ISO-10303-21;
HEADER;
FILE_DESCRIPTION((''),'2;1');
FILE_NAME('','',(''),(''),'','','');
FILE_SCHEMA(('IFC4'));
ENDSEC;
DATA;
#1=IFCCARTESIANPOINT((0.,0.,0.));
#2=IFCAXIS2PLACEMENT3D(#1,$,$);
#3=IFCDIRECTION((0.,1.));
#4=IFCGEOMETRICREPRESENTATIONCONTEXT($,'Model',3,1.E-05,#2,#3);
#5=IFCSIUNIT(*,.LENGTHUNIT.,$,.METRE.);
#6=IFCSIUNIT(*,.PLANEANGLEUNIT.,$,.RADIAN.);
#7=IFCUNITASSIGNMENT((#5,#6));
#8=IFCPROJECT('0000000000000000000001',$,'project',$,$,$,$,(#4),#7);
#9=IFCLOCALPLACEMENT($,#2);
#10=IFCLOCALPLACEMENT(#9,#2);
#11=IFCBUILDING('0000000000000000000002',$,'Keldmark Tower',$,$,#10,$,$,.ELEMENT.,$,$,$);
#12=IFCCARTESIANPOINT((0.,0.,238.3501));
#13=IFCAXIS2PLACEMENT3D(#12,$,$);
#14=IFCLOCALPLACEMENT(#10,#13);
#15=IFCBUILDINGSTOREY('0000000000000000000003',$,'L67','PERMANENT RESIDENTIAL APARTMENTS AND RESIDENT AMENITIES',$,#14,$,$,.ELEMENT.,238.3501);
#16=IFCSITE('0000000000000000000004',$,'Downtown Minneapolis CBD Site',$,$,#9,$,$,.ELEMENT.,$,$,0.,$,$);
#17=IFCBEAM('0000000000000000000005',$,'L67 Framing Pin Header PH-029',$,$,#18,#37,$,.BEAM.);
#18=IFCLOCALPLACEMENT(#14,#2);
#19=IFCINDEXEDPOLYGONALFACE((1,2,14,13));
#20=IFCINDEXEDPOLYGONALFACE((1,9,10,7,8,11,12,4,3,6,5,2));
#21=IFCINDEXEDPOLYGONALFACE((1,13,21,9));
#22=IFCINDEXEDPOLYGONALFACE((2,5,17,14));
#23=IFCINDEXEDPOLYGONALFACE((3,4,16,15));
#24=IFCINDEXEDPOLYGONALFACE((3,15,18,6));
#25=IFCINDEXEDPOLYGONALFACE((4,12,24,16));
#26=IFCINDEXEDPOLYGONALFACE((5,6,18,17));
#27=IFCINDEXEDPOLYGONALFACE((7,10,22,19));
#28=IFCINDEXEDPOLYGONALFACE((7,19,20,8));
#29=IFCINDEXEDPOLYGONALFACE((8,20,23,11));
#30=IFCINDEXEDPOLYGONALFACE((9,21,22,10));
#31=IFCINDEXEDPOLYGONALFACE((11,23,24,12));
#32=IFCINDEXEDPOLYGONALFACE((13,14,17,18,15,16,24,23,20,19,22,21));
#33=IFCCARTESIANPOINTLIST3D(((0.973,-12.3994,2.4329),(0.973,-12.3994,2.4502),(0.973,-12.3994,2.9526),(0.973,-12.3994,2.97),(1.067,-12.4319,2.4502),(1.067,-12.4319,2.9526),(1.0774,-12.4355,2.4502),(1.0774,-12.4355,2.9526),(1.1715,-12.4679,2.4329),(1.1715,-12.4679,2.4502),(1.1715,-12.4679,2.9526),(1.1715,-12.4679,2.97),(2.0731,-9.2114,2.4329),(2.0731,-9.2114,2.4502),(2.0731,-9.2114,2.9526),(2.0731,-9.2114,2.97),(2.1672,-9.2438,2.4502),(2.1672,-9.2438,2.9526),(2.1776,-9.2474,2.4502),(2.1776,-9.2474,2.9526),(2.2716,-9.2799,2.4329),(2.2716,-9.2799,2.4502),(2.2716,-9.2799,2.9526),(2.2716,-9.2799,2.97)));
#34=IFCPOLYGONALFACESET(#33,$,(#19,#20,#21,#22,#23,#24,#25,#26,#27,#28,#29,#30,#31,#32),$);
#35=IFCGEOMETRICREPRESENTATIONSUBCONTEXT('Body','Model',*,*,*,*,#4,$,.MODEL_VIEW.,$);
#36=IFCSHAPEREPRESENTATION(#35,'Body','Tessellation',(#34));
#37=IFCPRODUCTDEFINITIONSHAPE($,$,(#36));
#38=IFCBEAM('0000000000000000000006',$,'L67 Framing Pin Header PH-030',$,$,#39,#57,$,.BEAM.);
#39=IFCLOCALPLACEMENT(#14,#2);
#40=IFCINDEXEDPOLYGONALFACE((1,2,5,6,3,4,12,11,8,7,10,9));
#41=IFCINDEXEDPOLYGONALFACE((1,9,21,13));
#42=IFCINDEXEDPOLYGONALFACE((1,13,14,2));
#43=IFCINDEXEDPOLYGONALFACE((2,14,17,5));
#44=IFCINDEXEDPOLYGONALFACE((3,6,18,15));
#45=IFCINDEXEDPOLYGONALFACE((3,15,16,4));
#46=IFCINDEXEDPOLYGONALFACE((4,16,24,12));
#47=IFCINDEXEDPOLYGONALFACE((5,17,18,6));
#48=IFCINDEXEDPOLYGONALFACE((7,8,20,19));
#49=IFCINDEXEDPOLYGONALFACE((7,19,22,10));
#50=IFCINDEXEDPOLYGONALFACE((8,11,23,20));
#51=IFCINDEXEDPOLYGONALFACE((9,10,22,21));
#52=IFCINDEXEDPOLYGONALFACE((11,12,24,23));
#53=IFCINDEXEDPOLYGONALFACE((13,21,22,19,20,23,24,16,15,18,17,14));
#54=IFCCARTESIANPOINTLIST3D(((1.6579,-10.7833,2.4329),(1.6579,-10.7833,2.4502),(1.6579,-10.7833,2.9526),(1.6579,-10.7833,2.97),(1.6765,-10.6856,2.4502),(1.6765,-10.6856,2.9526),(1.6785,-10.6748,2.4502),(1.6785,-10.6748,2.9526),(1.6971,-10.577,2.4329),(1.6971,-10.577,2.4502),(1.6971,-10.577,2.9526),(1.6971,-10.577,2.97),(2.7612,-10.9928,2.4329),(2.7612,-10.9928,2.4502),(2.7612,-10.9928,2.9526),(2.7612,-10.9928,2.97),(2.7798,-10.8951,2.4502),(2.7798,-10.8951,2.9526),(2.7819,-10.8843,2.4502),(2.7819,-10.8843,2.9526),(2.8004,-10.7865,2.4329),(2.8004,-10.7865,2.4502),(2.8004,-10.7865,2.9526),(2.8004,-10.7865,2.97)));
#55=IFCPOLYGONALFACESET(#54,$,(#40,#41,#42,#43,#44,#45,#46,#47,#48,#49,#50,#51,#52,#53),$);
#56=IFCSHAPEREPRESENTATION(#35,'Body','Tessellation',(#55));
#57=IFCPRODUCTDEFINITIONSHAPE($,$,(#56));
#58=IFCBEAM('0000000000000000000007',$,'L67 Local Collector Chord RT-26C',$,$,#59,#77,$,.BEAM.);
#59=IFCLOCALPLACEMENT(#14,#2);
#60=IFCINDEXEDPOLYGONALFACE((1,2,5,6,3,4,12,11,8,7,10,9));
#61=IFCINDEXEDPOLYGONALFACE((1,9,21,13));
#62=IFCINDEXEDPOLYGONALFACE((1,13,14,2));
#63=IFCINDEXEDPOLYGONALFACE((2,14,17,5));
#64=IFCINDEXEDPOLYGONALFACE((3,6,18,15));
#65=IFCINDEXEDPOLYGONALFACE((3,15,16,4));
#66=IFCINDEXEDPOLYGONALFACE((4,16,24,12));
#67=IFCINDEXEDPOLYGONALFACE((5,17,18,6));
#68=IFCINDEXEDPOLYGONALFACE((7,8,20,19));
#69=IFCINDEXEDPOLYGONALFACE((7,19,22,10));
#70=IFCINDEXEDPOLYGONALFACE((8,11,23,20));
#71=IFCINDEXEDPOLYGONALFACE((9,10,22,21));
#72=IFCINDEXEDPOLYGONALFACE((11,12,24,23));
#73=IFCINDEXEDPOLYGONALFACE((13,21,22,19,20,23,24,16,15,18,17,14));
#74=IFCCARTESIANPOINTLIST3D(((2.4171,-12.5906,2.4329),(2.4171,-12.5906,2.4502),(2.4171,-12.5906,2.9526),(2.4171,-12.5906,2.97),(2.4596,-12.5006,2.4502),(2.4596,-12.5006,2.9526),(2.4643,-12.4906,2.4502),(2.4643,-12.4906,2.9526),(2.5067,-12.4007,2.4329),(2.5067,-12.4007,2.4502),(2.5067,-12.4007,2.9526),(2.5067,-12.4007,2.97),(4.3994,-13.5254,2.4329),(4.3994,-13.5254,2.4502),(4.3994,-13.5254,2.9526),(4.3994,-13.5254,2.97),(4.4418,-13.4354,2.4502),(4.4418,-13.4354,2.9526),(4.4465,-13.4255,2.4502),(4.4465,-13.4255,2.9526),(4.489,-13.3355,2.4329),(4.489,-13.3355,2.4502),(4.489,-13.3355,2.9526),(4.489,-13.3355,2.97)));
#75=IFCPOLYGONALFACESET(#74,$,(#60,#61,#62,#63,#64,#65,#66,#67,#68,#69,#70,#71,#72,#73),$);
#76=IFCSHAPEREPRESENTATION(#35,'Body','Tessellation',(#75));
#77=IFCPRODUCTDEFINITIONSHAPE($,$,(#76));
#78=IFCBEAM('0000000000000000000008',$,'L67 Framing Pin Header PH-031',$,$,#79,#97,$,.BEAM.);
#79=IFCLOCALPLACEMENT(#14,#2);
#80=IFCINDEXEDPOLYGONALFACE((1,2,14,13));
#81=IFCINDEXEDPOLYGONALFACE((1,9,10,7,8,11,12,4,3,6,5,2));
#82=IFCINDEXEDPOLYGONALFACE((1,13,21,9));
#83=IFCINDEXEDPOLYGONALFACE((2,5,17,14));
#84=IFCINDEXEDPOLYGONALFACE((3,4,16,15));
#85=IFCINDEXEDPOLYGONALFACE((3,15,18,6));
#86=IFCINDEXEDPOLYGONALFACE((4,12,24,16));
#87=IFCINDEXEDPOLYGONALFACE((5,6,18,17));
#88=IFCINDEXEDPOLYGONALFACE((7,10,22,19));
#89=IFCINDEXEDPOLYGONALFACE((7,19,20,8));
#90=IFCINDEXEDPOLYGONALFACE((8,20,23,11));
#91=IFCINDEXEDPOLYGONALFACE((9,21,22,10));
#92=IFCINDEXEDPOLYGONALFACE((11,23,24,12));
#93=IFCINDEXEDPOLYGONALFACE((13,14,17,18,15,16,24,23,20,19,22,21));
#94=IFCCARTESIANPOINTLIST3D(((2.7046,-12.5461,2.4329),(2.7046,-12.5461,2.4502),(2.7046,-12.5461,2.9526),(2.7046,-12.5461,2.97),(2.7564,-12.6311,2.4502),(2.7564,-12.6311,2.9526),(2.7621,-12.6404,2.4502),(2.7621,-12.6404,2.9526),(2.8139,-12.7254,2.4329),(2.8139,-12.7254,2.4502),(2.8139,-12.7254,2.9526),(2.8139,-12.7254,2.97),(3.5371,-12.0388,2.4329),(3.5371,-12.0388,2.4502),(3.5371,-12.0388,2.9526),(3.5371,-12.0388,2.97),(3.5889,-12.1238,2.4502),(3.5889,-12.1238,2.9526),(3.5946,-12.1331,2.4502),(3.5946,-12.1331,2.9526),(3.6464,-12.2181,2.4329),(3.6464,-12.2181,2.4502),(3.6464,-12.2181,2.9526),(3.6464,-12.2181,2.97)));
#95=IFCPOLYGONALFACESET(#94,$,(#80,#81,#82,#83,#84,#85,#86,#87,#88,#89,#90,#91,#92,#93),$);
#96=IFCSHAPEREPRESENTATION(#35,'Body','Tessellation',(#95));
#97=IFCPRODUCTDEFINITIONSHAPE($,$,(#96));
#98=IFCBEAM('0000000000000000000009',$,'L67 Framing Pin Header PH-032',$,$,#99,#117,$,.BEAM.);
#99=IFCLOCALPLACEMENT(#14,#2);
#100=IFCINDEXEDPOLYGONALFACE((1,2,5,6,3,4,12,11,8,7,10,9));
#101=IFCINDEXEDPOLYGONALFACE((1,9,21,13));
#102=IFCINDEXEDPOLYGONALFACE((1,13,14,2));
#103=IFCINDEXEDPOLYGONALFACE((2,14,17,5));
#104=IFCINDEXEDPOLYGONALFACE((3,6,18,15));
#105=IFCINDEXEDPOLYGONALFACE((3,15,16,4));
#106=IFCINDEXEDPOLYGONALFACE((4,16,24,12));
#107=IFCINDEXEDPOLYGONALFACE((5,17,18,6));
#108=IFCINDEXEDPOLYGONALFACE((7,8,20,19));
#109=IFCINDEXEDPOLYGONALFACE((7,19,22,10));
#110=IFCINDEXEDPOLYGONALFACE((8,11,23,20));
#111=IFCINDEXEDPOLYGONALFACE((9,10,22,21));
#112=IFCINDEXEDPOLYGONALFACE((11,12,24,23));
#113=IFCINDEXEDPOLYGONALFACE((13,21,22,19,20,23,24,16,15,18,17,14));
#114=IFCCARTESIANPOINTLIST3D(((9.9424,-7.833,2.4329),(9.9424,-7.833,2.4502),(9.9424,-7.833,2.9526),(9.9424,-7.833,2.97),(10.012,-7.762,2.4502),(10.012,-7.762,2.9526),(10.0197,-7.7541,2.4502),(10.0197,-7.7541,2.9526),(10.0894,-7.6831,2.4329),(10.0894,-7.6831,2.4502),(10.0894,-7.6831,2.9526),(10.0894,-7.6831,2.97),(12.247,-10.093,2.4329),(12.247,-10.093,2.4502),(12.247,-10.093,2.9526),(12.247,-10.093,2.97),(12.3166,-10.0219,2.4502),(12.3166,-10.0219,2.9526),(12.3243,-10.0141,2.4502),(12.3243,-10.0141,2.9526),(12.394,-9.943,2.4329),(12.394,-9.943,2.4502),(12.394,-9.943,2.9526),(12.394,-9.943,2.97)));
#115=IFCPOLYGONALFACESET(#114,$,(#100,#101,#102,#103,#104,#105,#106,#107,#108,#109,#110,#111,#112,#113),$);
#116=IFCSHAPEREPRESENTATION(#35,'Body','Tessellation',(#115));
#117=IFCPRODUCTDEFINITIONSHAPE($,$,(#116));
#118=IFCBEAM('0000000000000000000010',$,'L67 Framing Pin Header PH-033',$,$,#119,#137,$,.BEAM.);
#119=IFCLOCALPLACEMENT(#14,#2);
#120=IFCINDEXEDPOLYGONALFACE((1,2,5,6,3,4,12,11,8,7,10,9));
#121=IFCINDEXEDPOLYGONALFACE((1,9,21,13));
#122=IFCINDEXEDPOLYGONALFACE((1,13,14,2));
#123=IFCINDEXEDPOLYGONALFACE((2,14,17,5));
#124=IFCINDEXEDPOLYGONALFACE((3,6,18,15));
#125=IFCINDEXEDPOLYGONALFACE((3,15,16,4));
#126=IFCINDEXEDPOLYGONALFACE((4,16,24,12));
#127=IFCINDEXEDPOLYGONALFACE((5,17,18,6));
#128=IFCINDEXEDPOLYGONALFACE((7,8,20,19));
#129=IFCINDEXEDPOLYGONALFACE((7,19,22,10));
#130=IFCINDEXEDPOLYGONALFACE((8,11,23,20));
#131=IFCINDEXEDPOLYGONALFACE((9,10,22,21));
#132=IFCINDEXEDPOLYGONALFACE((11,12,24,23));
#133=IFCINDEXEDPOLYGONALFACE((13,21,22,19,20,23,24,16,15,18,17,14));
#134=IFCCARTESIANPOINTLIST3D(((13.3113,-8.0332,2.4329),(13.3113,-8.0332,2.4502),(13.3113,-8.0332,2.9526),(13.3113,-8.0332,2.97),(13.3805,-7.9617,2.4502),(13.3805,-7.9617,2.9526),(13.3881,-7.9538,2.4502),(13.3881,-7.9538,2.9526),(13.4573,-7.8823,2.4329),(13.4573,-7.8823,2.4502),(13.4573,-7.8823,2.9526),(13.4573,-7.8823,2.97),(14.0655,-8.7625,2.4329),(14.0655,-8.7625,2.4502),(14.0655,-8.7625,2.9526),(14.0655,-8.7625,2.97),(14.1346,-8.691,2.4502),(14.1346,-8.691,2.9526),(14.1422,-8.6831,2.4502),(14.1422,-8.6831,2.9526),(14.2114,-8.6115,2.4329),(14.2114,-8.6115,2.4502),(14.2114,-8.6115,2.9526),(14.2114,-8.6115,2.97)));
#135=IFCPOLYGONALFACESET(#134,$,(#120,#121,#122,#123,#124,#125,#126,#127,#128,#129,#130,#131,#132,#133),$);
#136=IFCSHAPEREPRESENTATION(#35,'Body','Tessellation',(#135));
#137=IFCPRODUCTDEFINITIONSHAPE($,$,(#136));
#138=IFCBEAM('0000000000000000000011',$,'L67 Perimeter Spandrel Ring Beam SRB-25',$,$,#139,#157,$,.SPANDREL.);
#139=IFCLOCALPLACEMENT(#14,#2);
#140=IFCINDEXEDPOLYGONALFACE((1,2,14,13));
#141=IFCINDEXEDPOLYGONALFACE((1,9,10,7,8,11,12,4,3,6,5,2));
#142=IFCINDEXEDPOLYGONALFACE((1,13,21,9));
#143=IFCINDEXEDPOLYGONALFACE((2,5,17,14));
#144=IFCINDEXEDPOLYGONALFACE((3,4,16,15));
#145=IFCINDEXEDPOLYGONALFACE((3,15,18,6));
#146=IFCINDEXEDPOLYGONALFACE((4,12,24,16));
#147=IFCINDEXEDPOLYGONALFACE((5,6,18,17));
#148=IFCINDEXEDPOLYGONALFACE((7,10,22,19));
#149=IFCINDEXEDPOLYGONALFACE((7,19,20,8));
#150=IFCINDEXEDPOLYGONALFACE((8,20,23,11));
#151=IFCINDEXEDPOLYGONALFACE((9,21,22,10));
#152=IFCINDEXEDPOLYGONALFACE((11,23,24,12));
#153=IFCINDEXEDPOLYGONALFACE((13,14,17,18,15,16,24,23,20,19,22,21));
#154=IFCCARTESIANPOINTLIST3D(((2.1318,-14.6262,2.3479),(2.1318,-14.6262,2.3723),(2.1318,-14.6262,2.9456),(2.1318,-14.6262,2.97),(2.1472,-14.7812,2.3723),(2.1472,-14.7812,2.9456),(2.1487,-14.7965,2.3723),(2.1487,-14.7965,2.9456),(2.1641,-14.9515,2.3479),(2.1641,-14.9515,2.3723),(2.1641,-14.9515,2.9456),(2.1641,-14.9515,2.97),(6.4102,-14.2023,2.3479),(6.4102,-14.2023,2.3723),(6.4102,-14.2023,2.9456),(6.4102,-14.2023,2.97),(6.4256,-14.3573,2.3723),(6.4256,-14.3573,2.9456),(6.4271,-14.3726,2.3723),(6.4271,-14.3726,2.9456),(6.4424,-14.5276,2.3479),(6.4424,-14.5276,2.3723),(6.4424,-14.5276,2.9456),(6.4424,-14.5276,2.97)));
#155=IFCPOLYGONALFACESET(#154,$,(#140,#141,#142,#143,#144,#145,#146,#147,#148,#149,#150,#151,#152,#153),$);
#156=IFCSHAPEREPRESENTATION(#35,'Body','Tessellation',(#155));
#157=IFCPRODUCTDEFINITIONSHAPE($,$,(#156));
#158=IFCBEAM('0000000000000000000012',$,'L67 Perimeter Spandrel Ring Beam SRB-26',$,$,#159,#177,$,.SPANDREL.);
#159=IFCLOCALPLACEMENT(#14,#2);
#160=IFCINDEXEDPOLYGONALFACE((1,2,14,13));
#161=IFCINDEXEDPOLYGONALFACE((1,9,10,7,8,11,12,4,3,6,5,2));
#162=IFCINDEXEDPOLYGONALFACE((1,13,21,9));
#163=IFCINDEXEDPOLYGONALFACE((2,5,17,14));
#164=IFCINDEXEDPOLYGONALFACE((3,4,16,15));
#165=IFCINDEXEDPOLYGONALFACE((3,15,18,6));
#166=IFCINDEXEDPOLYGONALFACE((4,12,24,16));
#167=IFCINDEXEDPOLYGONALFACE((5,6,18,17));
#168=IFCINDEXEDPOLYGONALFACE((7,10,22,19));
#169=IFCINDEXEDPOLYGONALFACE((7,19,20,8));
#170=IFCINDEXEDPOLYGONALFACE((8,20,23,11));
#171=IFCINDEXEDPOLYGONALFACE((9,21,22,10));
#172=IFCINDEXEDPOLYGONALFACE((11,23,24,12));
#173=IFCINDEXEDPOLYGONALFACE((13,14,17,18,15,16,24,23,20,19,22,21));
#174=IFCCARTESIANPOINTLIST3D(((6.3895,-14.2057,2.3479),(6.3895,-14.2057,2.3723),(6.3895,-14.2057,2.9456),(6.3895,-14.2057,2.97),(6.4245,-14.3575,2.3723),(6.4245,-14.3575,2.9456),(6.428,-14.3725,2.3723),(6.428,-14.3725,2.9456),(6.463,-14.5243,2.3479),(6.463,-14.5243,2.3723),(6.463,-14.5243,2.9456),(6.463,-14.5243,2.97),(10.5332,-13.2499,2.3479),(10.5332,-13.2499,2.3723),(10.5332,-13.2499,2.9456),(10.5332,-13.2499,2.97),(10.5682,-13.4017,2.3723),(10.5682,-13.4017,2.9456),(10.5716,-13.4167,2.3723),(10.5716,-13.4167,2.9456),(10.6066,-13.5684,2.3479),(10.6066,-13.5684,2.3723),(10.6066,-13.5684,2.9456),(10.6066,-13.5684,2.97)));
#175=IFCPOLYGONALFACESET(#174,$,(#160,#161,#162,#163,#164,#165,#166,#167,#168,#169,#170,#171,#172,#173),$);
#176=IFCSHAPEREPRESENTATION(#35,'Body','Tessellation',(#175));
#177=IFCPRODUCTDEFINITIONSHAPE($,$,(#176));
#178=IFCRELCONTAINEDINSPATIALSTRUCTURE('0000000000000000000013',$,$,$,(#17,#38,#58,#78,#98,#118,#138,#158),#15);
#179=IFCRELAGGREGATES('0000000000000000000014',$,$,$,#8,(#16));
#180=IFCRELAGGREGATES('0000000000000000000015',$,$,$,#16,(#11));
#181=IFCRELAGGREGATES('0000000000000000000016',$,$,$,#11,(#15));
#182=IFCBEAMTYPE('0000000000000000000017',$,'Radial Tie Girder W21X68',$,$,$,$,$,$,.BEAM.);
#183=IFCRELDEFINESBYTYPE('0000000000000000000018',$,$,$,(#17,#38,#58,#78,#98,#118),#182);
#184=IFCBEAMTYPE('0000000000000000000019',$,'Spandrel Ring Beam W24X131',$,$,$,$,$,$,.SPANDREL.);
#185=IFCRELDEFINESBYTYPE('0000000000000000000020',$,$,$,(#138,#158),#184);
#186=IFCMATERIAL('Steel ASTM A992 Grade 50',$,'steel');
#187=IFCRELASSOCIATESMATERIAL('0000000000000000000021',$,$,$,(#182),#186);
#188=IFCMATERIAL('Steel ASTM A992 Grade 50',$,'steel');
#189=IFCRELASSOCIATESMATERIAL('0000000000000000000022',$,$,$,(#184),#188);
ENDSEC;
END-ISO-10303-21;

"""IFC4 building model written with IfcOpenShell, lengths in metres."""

from ifc_helpers import new_model, si_unit, direction, frame, origin, origin_2d, place, context, subcontext, project, spatial, i_section, extrude, material, material_profile, profile_set, type_object, element, save


model = new_model("IFC4")

# Units and contexts
model_context = context("Model", 3, precision=1e-05, world=origin(), true_north=direction((0.0, 1.0)))
body_context = subcontext(model_context, "Body", "Model", "MODEL_VIEW")
ifc_project = project(units=[si_unit("LENGTHUNIT", "METRE"), si_unit("PLANEANGLEUNIT", "RADIAN")], contexts=[model_context])

# Site, building, storey
site_placement = place(None, origin())
site = spatial("IfcSite", under=ifc_project, at=site_placement, Name="Downtown Minneapolis CBD Site", CompositionType="ELEMENT", RefElevation=0.0)
building_placement = place(site_placement, origin())
building = spatial("IfcBuilding", under=site, at=building_placement, Name="Keldmark Tower", CompositionType="ELEMENT")
storey_placement = place(building_placement, frame((0.0, 0.0, 238.3501)))
storey = spatial("IfcBuildingStorey", under=building, at=storey_placement, Name="L67", Description="PERMANENT RESIDENTIAL APARTMENTS AND RESIDENT AMENITIES", CompositionType="ELEMENT", Elevation=238.3501)

# Beams
ifc_material_1 = material(Name="Steel ASTM A992 Grade 50", Category="steel")
ifc_material_profile_1 = material_profile(ifc_material_1, i_section(OverallWidth=0.21, OverallDepth=0.5371, WebThickness=0.011, FlangeThickness=0.0173, at=origin_2d()), Name="W21X68")
ifc_profile_set_1 = profile_set([ifc_material_profile_1], Name="Steel ASTM A992 Grade 50")
beam_type_1 = type_object("IfcBeamType", Name="Radial Tie Girder W21X68", PredefinedType="BEAM", material=ifc_profile_set_1)
beam_1_placement = place(storey_placement, frame((2.1724, -9.2456, 2.7014), z_axis=(-0.3262, -0.945301, 0.0), x_axis=(0.945301, -0.3262, 0.0)))
element("IfcBeam", 1, at=beam_1_placement, inside=storey, type_object=beam_type_1, Name="L67 Framing Pin Header PH-029", PredefinedType="BEAM", context=body_context, shape_type="SweptSolid", body=[
    extrude(i_section(OverallWidth=0.21, OverallDepth=0.5371, WebThickness=0.011, FlangeThickness=0.0173, at=origin_2d()), origin(), (0.0, 0.0, 1.0), 3.3726),
])
beam_2_placement = place(storey_placement, frame((1.6775, -10.6802, 2.7014), z_axis=(0.982449, -0.186533, 0.0), x_axis=(0.186533, 0.982449, 0.0)))
element("IfcBeam", 2, at=beam_2_placement, inside=storey, type_object=beam_type_1, Name="L67 Framing Pin Header PH-030", PredefinedType="BEAM", context=body_context, shape_type="SweptSolid", body=[
    extrude(i_section(OverallWidth=0.21, OverallDepth=0.5371, WebThickness=0.011, FlangeThickness=0.0173, at=origin_2d()), origin(), (0.0, 0.0, 1.0), 1.123),
])
beam_3_placement = place(storey_placement, frame((2.4619, -12.4956, 2.7014), z_axis=(0.904462, -0.426553, 0.0), x_axis=(0.426553, 0.904462, 0.0)))
element("IfcBeam", 3, at=beam_3_placement, inside=storey, type_object=beam_type_1, Name="L67 Local Collector Chord RT-26C", PredefinedType="BEAM", context=body_context, shape_type="SweptSolid", body=[
    extrude(i_section(OverallWidth=0.21, OverallDepth=0.5371, WebThickness=0.011, FlangeThickness=0.0173, at=origin_2d()), origin(), (0.0, 0.0, 1.0), 2.1917),
])
beam_4_placement = place(storey_placement, frame((2.7593, -12.6357, 2.7014), z_axis=(0.853937, 0.520376, 0.0), x_axis=(-0.520376, 0.853937, 0.0)))
element("IfcBeam", 4, at=beam_4_placement, inside=storey, type_object=beam_type_1, Name="L67 Framing Pin Header PH-031", PredefinedType="BEAM", context=body_context, shape_type="SweptSolid", body=[
    extrude(i_section(OverallWidth=0.21, OverallDepth=0.5371, WebThickness=0.011, FlangeThickness=0.0173, at=origin_2d()), origin(), (0.0, 0.0, 1.0), 0.9749),
])
beam_5_placement = place(storey_placement, frame((10.0159, -7.7581, 2.7014), z_axis=(0.713994, -0.700152, 0.0), x_axis=(0.700152, 0.713994, 0.0)))
element("IfcBeam", 5, at=beam_5_placement, inside=storey, type_object=beam_type_1, Name="L67 Framing Pin Header PH-032", PredefinedType="BEAM", context=body_context, shape_type="SweptSolid", body=[
    extrude(i_section(OverallWidth=0.21, OverallDepth=0.5371, WebThickness=0.011, FlangeThickness=0.0173, at=origin_2d()), origin(), (0.0, 0.0, 1.0), 3.2278),
])
beam_6_placement = place(storey_placement, frame((13.3843, -7.9578, 2.7014), z_axis=(0.718876, -0.695138, 0.0), x_axis=(0.695138, 0.718876, 0.0)))
element("IfcBeam", 6, at=beam_6_placement, inside=storey, type_object=beam_type_1, Name="L67 Framing Pin Header PH-033", PredefinedType="BEAM", context=body_context, shape_type="SweptSolid", body=[
    extrude(i_section(OverallWidth=0.21, OverallDepth=0.5371, WebThickness=0.011, FlangeThickness=0.0173, at=origin_2d()), origin(), (0.0, 0.0, 1.0), 1.0491),
])
ifc_material_2 = material(Name="Steel ASTM A992 Grade 50", Category="steel")
ifc_material_profile_2 = material_profile(ifc_material_2, i_section(OverallWidth=0.3269, OverallDepth=0.6221, WebThickness=0.0154, FlangeThickness=0.0244, at=origin_2d()), Name="W24X131")
ifc_profile_set_2 = profile_set([ifc_material_profile_2], Name="Steel ASTM A992 Grade 50")
beam_type_2 = type_object("IfcBeamType", Name="Spandrel Ring Beam W24X131", PredefinedType="SPANDREL", material=ifc_profile_set_2)
beam_7_placement = place(storey_placement, frame((2.1479, -14.7888, 2.6589), z_axis=(0.995129, 0.098582, 0.0), x_axis=(-0.098582, 0.995129, 0.0)))
element("IfcBeam", 7, at=beam_7_placement, inside=storey, type_object=beam_type_2, Name="L67 Perimeter Spandrel Ring Beam SRB-25", PredefinedType="SPANDREL", context=body_context, shape_type="SweptSolid", body=[
    extrude(i_section(OverallWidth=0.3269, OverallDepth=0.6221, WebThickness=0.0154, FlangeThickness=0.0244, at=origin_2d()), origin(), (0.0, 0.0, 1.0), 4.2993),
])
beam_8_placement = place(storey_placement, frame((6.4263, -14.365, 2.6589), z_axis=(0.974412, 0.224771, 0.0), x_axis=(-0.224771, 0.974412, 0.0)))
element("IfcBeam", 8, at=beam_8_placement, inside=storey, type_object=beam_type_2, Name="L67 Perimeter Spandrel Ring Beam SRB-26", PredefinedType="SPANDREL", context=body_context, shape_type="SweptSolid", body=[
    extrude(i_section(OverallWidth=0.3269, OverallDepth=0.6221, WebThickness=0.0154, FlangeThickness=0.0244, at=origin_2d()), origin(), (0.0, 0.0, 1.0), 4.2524),
])

save(model, "model.ifc")
